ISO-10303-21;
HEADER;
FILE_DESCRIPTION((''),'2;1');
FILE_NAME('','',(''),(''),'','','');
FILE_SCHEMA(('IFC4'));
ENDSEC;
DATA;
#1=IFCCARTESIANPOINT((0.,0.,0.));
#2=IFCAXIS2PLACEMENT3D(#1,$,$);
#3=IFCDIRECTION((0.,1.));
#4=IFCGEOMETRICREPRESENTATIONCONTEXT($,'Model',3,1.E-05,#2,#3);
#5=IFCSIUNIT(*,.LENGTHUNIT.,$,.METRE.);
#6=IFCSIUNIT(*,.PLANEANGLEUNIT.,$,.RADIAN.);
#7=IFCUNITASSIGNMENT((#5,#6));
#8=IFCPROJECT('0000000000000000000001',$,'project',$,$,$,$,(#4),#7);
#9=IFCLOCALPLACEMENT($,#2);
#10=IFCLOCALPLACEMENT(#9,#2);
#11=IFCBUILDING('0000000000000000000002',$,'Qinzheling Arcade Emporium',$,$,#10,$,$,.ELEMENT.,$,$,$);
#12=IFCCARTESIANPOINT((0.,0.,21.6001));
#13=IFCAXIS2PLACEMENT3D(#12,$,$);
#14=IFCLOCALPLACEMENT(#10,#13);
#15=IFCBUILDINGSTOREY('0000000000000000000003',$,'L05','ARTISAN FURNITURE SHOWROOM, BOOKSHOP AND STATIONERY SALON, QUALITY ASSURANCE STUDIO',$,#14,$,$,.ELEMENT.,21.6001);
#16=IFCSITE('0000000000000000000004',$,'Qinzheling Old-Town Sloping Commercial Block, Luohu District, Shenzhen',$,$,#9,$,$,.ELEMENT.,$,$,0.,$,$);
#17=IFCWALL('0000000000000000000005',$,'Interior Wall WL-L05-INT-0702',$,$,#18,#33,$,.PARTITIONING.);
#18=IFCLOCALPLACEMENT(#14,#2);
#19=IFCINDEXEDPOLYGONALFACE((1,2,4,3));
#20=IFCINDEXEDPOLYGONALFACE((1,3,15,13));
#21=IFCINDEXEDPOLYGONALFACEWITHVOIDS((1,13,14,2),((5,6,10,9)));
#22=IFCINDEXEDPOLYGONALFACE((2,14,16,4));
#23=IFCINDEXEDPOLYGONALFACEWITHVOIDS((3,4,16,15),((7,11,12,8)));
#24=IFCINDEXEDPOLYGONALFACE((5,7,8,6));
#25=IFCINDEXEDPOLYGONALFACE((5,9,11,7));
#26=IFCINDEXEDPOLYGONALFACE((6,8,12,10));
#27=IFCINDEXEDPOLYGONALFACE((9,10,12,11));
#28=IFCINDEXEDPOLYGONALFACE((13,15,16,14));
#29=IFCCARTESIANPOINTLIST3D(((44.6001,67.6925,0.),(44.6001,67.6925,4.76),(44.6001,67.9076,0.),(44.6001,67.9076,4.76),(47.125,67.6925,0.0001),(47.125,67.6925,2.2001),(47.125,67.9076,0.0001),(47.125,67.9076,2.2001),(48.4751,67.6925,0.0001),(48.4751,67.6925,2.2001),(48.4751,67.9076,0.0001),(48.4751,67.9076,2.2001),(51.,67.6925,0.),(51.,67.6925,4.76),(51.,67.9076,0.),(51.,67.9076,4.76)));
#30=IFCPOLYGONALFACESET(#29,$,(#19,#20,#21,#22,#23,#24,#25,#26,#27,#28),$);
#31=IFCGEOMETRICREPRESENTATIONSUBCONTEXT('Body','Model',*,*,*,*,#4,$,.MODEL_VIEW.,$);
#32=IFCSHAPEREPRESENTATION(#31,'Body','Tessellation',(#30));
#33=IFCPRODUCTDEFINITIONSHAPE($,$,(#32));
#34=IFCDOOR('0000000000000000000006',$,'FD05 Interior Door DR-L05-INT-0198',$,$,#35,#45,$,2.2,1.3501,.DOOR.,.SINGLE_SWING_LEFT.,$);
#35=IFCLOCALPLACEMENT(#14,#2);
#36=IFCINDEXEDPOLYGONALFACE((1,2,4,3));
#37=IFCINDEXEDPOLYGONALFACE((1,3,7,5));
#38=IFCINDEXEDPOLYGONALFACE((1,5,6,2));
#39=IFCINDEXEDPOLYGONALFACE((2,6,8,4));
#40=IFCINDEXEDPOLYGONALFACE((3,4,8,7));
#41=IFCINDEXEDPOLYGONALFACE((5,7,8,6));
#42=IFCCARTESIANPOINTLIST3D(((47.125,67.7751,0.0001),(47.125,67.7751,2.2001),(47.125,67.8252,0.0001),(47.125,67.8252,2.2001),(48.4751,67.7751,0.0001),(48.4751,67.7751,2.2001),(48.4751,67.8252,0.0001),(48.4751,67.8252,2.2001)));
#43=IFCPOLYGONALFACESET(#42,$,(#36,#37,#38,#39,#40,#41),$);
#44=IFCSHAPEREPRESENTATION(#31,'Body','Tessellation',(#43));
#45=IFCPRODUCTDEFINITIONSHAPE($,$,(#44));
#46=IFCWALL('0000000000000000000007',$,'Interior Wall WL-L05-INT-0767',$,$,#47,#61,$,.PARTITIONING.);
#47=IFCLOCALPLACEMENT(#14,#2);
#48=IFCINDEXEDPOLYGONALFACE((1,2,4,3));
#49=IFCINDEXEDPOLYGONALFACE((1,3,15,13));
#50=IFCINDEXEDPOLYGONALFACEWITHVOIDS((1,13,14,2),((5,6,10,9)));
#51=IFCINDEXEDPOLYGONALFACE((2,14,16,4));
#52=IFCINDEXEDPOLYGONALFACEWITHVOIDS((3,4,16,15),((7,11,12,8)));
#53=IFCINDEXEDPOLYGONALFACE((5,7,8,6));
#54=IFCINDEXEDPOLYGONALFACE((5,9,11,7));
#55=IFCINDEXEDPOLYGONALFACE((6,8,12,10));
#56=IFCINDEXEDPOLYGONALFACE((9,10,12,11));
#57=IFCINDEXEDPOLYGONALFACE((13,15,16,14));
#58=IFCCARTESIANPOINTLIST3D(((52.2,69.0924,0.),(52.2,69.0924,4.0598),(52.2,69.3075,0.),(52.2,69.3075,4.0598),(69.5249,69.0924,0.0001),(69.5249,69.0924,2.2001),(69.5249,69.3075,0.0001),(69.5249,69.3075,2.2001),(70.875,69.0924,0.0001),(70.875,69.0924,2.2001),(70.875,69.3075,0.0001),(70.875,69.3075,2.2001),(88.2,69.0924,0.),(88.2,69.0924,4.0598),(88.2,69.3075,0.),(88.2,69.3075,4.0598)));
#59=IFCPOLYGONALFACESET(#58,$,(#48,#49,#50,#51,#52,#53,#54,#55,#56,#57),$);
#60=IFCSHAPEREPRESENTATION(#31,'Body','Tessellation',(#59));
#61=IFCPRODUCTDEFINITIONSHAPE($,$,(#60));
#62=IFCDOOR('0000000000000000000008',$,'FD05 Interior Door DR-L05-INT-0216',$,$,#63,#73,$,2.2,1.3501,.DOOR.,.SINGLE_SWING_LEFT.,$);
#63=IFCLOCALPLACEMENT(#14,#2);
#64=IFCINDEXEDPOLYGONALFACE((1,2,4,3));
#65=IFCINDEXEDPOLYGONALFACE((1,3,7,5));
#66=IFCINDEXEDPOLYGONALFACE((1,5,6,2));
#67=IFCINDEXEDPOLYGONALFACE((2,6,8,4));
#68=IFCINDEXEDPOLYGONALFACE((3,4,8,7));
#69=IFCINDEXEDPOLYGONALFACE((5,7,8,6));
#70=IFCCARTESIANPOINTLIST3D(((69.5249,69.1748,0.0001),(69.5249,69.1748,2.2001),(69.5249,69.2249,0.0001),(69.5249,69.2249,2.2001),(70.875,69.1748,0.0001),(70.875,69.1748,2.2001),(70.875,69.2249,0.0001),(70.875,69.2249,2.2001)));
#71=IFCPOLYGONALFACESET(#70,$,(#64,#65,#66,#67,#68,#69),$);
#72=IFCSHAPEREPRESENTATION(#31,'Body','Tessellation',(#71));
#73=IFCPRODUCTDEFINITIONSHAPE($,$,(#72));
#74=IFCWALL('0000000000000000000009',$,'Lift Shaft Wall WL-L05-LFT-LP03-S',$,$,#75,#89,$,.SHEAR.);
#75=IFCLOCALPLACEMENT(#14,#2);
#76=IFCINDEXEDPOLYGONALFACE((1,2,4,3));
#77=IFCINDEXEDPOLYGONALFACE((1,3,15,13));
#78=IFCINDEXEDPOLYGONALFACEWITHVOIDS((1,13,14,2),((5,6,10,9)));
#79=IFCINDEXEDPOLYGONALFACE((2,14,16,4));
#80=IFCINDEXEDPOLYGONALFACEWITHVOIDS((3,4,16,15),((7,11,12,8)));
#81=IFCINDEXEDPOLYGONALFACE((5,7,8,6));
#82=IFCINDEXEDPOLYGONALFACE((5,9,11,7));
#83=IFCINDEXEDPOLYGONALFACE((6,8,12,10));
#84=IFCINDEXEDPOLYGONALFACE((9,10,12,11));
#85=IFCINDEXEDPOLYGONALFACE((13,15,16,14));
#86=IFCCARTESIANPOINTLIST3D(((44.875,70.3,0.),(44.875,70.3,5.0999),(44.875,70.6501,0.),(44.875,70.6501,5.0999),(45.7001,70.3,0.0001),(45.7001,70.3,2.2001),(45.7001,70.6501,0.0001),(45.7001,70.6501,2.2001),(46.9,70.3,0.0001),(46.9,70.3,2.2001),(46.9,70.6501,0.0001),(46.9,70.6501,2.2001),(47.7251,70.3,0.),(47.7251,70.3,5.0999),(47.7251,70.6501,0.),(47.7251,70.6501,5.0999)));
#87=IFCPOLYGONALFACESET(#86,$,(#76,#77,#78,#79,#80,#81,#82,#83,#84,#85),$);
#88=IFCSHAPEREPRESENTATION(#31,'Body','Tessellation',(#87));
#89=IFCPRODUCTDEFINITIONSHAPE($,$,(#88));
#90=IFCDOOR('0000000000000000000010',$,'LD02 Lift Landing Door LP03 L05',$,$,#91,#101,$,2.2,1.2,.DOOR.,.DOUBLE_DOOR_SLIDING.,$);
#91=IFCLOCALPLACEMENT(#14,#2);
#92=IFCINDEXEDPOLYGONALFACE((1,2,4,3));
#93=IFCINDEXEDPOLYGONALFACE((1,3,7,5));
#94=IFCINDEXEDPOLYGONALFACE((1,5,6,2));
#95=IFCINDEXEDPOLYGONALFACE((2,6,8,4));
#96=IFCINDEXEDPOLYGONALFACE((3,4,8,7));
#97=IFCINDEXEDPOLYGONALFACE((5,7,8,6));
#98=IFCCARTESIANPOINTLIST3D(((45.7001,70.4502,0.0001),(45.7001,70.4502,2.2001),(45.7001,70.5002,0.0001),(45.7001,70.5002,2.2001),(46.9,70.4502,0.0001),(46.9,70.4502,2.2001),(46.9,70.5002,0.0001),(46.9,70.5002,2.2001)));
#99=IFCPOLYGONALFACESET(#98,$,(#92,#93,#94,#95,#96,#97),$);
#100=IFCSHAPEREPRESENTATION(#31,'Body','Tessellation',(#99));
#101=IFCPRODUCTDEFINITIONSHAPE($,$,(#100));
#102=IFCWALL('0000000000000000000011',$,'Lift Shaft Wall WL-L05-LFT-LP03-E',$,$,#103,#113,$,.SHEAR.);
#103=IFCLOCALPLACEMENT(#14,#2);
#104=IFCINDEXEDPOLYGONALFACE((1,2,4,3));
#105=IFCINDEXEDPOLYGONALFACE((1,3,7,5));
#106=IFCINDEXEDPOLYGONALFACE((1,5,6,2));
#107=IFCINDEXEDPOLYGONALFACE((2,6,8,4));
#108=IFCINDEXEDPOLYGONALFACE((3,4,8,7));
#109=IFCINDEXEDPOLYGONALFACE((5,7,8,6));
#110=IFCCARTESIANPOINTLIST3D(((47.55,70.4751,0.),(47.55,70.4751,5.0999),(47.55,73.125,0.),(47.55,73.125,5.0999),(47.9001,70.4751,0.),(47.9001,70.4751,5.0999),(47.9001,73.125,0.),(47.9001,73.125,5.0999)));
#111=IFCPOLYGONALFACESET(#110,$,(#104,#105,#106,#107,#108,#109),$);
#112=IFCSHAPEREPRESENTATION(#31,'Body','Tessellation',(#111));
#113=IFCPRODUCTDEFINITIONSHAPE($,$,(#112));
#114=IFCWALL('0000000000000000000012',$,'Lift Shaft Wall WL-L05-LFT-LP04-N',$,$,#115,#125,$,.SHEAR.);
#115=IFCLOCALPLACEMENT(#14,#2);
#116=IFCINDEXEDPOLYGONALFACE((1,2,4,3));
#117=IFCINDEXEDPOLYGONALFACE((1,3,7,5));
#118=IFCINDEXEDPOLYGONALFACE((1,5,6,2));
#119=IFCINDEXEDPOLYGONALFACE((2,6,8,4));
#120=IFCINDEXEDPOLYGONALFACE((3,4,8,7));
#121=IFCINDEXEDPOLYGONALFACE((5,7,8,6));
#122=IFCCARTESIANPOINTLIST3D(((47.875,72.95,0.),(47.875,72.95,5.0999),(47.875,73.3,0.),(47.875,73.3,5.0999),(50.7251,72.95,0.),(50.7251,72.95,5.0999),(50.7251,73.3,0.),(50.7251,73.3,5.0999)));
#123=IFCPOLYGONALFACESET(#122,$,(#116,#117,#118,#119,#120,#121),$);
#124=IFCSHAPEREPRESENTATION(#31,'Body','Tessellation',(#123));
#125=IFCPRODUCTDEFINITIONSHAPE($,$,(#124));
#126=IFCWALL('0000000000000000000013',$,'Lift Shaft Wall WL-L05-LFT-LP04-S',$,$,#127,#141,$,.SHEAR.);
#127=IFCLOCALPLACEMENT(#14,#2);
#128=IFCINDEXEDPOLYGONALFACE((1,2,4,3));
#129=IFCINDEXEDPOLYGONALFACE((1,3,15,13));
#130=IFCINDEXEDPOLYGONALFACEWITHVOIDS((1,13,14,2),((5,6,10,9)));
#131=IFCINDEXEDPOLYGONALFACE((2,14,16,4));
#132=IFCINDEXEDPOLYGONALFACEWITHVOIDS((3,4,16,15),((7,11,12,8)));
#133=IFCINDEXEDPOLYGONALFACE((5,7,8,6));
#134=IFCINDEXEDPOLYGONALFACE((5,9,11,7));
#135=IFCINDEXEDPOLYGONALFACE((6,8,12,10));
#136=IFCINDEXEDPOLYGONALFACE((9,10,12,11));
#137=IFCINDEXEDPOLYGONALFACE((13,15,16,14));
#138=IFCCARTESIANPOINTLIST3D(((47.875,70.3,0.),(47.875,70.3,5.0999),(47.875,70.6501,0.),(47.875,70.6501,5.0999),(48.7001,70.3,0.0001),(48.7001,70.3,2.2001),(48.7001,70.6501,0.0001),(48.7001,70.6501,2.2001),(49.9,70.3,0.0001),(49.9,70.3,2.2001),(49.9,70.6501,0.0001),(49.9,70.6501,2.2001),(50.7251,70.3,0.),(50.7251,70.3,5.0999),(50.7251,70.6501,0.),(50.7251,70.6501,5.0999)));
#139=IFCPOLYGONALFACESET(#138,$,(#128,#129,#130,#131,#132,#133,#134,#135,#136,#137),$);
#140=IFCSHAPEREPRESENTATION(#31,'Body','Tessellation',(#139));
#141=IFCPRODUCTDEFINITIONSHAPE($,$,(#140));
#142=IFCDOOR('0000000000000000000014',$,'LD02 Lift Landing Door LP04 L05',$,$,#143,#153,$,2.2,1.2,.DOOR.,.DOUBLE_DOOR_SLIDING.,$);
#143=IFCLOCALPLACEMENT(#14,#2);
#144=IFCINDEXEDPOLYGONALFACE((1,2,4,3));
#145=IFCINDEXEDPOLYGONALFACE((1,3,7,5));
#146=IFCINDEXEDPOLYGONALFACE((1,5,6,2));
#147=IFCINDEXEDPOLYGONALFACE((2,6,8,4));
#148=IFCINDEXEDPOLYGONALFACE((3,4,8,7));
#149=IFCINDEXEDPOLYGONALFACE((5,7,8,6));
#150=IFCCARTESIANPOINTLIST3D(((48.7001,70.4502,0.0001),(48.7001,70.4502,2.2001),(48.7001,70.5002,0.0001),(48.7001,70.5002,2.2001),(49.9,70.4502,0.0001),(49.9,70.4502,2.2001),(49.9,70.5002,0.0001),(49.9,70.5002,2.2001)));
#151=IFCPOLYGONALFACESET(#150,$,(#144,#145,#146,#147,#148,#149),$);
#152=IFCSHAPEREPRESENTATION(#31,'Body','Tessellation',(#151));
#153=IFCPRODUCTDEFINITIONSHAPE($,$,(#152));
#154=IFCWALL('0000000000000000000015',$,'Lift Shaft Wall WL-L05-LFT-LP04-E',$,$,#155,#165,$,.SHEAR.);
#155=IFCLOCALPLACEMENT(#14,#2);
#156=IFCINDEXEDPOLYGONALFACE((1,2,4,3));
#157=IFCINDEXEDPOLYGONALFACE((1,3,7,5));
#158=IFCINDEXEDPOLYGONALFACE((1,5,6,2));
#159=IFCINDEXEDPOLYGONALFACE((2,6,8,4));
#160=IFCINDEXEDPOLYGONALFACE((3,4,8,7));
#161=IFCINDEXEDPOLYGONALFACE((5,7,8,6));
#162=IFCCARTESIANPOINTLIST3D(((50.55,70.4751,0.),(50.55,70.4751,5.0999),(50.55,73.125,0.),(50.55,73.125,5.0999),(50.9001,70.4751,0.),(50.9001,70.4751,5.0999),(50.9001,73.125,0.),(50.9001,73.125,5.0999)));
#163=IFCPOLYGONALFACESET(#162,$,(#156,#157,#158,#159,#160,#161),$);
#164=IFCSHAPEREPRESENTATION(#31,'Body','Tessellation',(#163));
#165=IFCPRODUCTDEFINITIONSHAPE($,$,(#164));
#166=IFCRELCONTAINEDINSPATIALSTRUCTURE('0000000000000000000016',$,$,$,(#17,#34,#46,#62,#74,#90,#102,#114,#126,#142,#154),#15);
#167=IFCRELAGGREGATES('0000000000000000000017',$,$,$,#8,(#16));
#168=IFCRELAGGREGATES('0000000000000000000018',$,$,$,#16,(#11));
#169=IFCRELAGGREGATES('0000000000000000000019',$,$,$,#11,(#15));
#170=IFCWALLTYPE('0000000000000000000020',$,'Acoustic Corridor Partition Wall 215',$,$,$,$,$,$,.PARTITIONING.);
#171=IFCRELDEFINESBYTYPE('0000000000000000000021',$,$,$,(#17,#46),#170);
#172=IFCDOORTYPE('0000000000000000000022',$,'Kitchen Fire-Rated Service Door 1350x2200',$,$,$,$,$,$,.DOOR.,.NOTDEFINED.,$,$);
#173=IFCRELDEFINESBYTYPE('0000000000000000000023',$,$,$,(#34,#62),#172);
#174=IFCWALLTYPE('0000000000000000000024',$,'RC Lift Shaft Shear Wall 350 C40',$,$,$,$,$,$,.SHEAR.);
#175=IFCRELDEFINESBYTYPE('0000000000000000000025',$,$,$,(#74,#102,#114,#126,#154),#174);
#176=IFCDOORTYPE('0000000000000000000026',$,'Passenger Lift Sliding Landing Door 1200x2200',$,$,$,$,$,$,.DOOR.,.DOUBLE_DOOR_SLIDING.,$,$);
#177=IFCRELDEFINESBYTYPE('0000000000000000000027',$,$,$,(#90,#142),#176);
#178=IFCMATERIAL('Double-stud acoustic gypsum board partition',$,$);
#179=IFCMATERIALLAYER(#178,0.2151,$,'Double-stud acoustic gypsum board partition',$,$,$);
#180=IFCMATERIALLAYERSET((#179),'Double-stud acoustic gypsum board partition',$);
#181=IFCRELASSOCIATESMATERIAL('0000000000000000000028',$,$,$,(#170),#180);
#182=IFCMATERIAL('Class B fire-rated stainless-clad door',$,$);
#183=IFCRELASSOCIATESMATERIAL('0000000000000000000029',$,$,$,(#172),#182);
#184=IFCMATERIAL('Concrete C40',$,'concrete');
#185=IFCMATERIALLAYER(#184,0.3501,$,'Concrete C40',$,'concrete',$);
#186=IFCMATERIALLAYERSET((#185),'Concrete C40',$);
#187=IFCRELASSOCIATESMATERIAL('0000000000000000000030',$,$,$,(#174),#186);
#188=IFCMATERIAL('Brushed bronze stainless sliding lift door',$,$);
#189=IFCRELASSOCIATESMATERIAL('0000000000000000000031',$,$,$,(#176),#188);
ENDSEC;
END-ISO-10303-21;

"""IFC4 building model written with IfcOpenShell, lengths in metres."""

from ifc_helpers import new_model, si_unit, direction, frame, frame_2d, origin, place, context, subcontext, project, spatial, rectangle, extrude, material, layer, layer_set, type_object, element, fill, save


model = new_model("IFC4")

# Units and contexts
model_context = context("Model", 3, precision=1e-05, world=origin(), true_north=direction((0.0, 1.0)))
body_context = subcontext(model_context, "Body", "Model", "MODEL_VIEW")
ifc_project = project(units=[si_unit("LENGTHUNIT", "METRE"), si_unit("PLANEANGLEUNIT", "RADIAN")], contexts=[model_context])

# Site, building, storey
site_placement = place(None, origin())
site = spatial("IfcSite", under=ifc_project, at=site_placement, Name="Qinzheling Old-Town Sloping Commercial Block, Luohu District, Shenzhen", CompositionType="ELEMENT", RefElevation=0.0)
building_placement = place(site_placement, origin())
building = spatial("IfcBuilding", under=site, at=building_placement, Name="Qinzheling Arcade Emporium", CompositionType="ELEMENT")
storey_placement = place(building_placement, frame((0.0, 0.0, 21.6001)))
storey = spatial("IfcBuildingStorey", under=building, at=storey_placement, Name="L05", Description="ARTISAN FURNITURE SHOWROOM, BOOKSHOP AND STATIONERY SALON, QUALITY ASSURANCE STUDIO", CompositionType="ELEMENT", Elevation=21.6001)

# Shared definitions
ifc_material_1 = material(Name="Concrete C40", Category="concrete")

# Shared definitions
ifc_material_2 = material(Name="Double-stud acoustic gypsum board partition")
ifc_layer_1 = layer(ifc_material_2, 0.2151, Name="Double-stud acoustic gypsum board partition")
ifc_layer_set_1 = layer_set([ifc_layer_1], Name="Double-stud acoustic gypsum board partition")
wall_type_1 = type_object("IfcWallType", Name="Acoustic Corridor Partition Wall 215", PredefinedType="PARTITIONING", material=ifc_layer_set_1)

# Walls, openings, doors
wall_1_placement = place(storey_placement, frame((51.0, 67.8, 0.0), z_axis=(0.0, 0.0, 1.0), x_axis=(-1.0, 0.0, 0.0)))
wall_1 = element("IfcWall", 1, at=wall_1_placement, inside=storey, type_object=wall_type_1, Name="Interior Wall WL-L05-INT-0702", PredefinedType="PARTITIONING", context=body_context, shape_type="SweptSolid", body=[
    extrude(rectangle(XDim=6.3999, YDim=0.2151, at=frame_2d((3.2, 0.0))), origin(), (0.0, 0.0, 1.0), 4.76),
])
opening_1_placement = place(wall_1_placement, frame((2.5249, 0.0, 0.0)))
opening_1 = element("IfcOpeningElement", 2, at=opening_1_placement, cuts=wall_1, PredefinedType="OPENING", context=body_context, shape_type="SweptSolid", body=[
    extrude(rectangle(XDim=1.3501, YDim=2.2, at=frame_2d((0.675, 1.1001))), frame((0.0, 0.1177, 0.0), z_axis=(0.0, -1.0, 0.0), x_axis=(1.0, 0.0, 0.0)), (0.0, 0.0, 1.0), 0.2351),
])
ifc_material_3 = material(Name="Class B fire-rated stainless-clad door")
door_type_1 = type_object("IfcDoorType", Name="Kitchen Fire-Rated Service Door 1350x2200", OperationType="NOTDEFINED", PredefinedType="DOOR", material=ifc_material_3)
door_1_placement = place(opening_1_placement, origin())
door_1 = element("IfcDoor", 3, at=door_1_placement, inside=storey, type_object=door_type_1, Name="FD05 Interior Door DR-L05-INT-0198", OperationType="SINGLE_SWING_LEFT", OverallHeight=2.2, OverallWidth=1.3501, PredefinedType="DOOR", context=body_context, shape_type="SweptSolid", body=[
    extrude(rectangle(XDim=1.3501, YDim=2.2, at=frame_2d((0.675, 1.1001))), frame((0.0, 0.0249, 0.0), z_axis=(0.0, -1.0, 0.0), x_axis=(1.0, 0.0, 0.0)), (0.0, 0.0, 1.0), 0.05),
])
fill(opening_1, door_1)
wall_2_placement = place(storey_placement, frame((52.2, 69.2, 0.0), z_axis=(0.0, 0.0, 1.0), x_axis=(1.0, 0.0, 0.0)))
wall_2 = element("IfcWall", 4, at=wall_2_placement, inside=storey, type_object=wall_type_1, Name="Interior Wall WL-L05-INT-0767", PredefinedType="PARTITIONING", context=body_context, shape_type="SweptSolid", body=[
    extrude(rectangle(XDim=36.0, YDim=0.2151, at=frame_2d((18.0, 0.0))), origin(), (0.0, 0.0, 1.0), 4.0598),
])
opening_2_placement = place(wall_2_placement, frame((17.325, 0.0, 0.0)))
opening_2 = element("IfcOpeningElement", 5, at=opening_2_placement, cuts=wall_2, PredefinedType="OPENING", context=body_context, shape_type="SweptSolid", body=[
    extrude(rectangle(XDim=1.3501, YDim=2.2, at=frame_2d((0.675, 1.1001))), frame((0.0, 0.1177, 0.0), z_axis=(0.0, -1.0, 0.0), x_axis=(1.0, 0.0, 0.0)), (0.0, 0.0, 1.0), 0.2351),
])
door_2_placement = place(opening_2_placement, origin())
door_2 = element("IfcDoor", 6, at=door_2_placement, inside=storey, type_object=door_type_1, Name="FD05 Interior Door DR-L05-INT-0216", OperationType="SINGLE_SWING_LEFT", OverallHeight=2.2, OverallWidth=1.3501, PredefinedType="DOOR", context=body_context, shape_type="SweptSolid", body=[
    extrude(rectangle(XDim=1.3501, YDim=2.2, at=frame_2d((0.675, 1.1001))), frame((0.0, 0.0249, 0.0), z_axis=(0.0, -1.0, 0.0), x_axis=(1.0, 0.0, 0.0)), (0.0, 0.0, 1.0), 0.05),
])
fill(opening_2, door_2)
ifc_layer_2 = layer(ifc_material_1, 0.3501, Name="Concrete C40", Category="concrete")
ifc_layer_set_2 = layer_set([ifc_layer_2], Name="Concrete C40")
wall_type_2 = type_object("IfcWallType", Name="RC Lift Shaft Shear Wall 350 C40", PredefinedType="SHEAR", material=ifc_layer_set_2)
wall_3_placement = place(storey_placement, frame((47.7251, 70.4751, 0.0), z_axis=(0.0, 0.0, 1.0), x_axis=(-1.0, 0.0, 0.0)))
wall_3 = element("IfcWall", 7, at=wall_3_placement, inside=storey, type_object=wall_type_2, Name="Lift Shaft Wall WL-L05-LFT-LP03-S", PredefinedType="SHEAR", context=body_context, shape_type="SweptSolid", body=[
    extrude(rectangle(XDim=2.8501, YDim=0.3501, at=frame_2d((1.425, 0.0))), origin(), (0.0, 0.0, 1.0), 5.0999),
])
opening_3_placement = place(wall_3_placement, frame((0.825, 0.0, 0.0)))
opening_3 = element("IfcOpeningElement", 8, at=opening_3_placement, cuts=wall_3, PredefinedType="OPENING", context=body_context, shape_type="SweptSolid", body=[
    extrude(rectangle(XDim=1.2, YDim=2.2, at=frame_2d((0.6001, 1.1001))), frame((0.0, 0.1851, 0.0), z_axis=(0.0, -1.0, 0.0), x_axis=(1.0, 0.0, 0.0)), (0.0, 0.0, 1.0), 0.3701),
])
ifc_material_4 = material(Name="Brushed bronze stainless sliding lift door")
door_type_2 = type_object("IfcDoorType", Name="Passenger Lift Sliding Landing Door 1200x2200", OperationType="DOUBLE_DOOR_SLIDING", PredefinedType="DOOR", material=ifc_material_4)
door_3_placement = place(opening_3_placement, origin())
door_3 = element("IfcDoor", 9, at=door_3_placement, inside=storey, type_object=door_type_2, Name="LD02 Lift Landing Door LP03 L05", OperationType="DOUBLE_DOOR_SLIDING", OverallHeight=2.2, OverallWidth=1.2, PredefinedType="DOOR", context=body_context, shape_type="SweptSolid", body=[
    extrude(rectangle(XDim=1.2, YDim=2.2, at=frame_2d((0.6001, 1.1001))), frame((0.0, 0.0249, 0.0), z_axis=(0.0, -1.0, 0.0), x_axis=(1.0, 0.0, 0.0)), (0.0, 0.0, 1.0), 0.05),
])
fill(opening_3, door_3)

# Walls
wall_4_placement = place(storey_placement, frame((47.7251, 73.125, 0.0), z_axis=(0.0, 0.0, 1.0), x_axis=(0.0, -1.0, 0.0)))
element("IfcWall", 10, at=wall_4_placement, inside=storey, type_object=wall_type_2, Name="Lift Shaft Wall WL-L05-LFT-LP03-E", PredefinedType="SHEAR", context=body_context, shape_type="SweptSolid", body=[
    extrude(rectangle(XDim=2.6499, YDim=0.3501, at=frame_2d((1.325, 0.0))), origin(), (0.0, 0.0, 1.0), 5.0999),
])
wall_5_placement = place(storey_placement, frame((47.875, 73.125, 0.0), z_axis=(0.0, 0.0, 1.0), x_axis=(1.0, 0.0, 0.0)))
element("IfcWall", 11, at=wall_5_placement, inside=storey, type_object=wall_type_2, Name="Lift Shaft Wall WL-L05-LFT-LP04-N", PredefinedType="SHEAR", context=body_context, shape_type="SweptSolid", body=[
    extrude(rectangle(XDim=2.8501, YDim=0.3501, at=frame_2d((1.425, 0.0))), origin(), (0.0, 0.0, 1.0), 5.0999),
])

# Wall, opening, door
wall_6_placement = place(storey_placement, frame((50.7251, 70.4751, 0.0), z_axis=(0.0, 0.0, 1.0), x_axis=(-1.0, 0.0, 0.0)))
wall_6 = element("IfcWall", 12, at=wall_6_placement, inside=storey, type_object=wall_type_2, Name="Lift Shaft Wall WL-L05-LFT-LP04-S", PredefinedType="SHEAR", context=body_context, shape_type="SweptSolid", body=[
    extrude(rectangle(XDim=2.8501, YDim=0.3501, at=frame_2d((1.425, 0.0))), origin(), (0.0, 0.0, 1.0), 5.0999),
])
opening_4_placement = place(wall_6_placement, frame((0.825, 0.0, 0.0)))
opening_4 = element("IfcOpeningElement", 13, at=opening_4_placement, cuts=wall_6, PredefinedType="OPENING", context=body_context, shape_type="SweptSolid", body=[
    extrude(rectangle(XDim=1.2, YDim=2.2, at=frame_2d((0.6001, 1.1001))), frame((0.0, 0.1851, 0.0), z_axis=(0.0, -1.0, 0.0), x_axis=(1.0, 0.0, 0.0)), (0.0, 0.0, 1.0), 0.3701),
])
door_4_placement = place(opening_4_placement, origin())
door_4 = element("IfcDoor", 14, at=door_4_placement, inside=storey, type_object=door_type_2, Name="LD02 Lift Landing Door LP04 L05", OperationType="DOUBLE_DOOR_SLIDING", OverallHeight=2.2, OverallWidth=1.2, PredefinedType="DOOR", context=body_context, shape_type="SweptSolid", body=[
    extrude(rectangle(XDim=1.2, YDim=2.2, at=frame_2d((0.6001, 1.1001))), frame((0.0, 0.0249, 0.0), z_axis=(0.0, -1.0, 0.0), x_axis=(1.0, 0.0, 0.0)), (0.0, 0.0, 1.0), 0.05),
])
fill(opening_4, door_4)

# Wall
wall_7_placement = place(storey_placement, frame((50.7251, 73.125, 0.0), z_axis=(0.0, 0.0, 1.0), x_axis=(0.0, -1.0, 0.0)))
element("IfcWall", 15, at=wall_7_placement, inside=storey, type_object=wall_type_2, Name="Lift Shaft Wall WL-L05-LFT-LP04-E", PredefinedType="SHEAR", context=body_context, shape_type="SweptSolid", body=[
    extrude(rectangle(XDim=2.6499, YDim=0.3501, at=frame_2d((1.325, 0.0))), origin(), (0.0, 0.0, 1.0), 5.0999),
])

save(model, "model.ifc")
